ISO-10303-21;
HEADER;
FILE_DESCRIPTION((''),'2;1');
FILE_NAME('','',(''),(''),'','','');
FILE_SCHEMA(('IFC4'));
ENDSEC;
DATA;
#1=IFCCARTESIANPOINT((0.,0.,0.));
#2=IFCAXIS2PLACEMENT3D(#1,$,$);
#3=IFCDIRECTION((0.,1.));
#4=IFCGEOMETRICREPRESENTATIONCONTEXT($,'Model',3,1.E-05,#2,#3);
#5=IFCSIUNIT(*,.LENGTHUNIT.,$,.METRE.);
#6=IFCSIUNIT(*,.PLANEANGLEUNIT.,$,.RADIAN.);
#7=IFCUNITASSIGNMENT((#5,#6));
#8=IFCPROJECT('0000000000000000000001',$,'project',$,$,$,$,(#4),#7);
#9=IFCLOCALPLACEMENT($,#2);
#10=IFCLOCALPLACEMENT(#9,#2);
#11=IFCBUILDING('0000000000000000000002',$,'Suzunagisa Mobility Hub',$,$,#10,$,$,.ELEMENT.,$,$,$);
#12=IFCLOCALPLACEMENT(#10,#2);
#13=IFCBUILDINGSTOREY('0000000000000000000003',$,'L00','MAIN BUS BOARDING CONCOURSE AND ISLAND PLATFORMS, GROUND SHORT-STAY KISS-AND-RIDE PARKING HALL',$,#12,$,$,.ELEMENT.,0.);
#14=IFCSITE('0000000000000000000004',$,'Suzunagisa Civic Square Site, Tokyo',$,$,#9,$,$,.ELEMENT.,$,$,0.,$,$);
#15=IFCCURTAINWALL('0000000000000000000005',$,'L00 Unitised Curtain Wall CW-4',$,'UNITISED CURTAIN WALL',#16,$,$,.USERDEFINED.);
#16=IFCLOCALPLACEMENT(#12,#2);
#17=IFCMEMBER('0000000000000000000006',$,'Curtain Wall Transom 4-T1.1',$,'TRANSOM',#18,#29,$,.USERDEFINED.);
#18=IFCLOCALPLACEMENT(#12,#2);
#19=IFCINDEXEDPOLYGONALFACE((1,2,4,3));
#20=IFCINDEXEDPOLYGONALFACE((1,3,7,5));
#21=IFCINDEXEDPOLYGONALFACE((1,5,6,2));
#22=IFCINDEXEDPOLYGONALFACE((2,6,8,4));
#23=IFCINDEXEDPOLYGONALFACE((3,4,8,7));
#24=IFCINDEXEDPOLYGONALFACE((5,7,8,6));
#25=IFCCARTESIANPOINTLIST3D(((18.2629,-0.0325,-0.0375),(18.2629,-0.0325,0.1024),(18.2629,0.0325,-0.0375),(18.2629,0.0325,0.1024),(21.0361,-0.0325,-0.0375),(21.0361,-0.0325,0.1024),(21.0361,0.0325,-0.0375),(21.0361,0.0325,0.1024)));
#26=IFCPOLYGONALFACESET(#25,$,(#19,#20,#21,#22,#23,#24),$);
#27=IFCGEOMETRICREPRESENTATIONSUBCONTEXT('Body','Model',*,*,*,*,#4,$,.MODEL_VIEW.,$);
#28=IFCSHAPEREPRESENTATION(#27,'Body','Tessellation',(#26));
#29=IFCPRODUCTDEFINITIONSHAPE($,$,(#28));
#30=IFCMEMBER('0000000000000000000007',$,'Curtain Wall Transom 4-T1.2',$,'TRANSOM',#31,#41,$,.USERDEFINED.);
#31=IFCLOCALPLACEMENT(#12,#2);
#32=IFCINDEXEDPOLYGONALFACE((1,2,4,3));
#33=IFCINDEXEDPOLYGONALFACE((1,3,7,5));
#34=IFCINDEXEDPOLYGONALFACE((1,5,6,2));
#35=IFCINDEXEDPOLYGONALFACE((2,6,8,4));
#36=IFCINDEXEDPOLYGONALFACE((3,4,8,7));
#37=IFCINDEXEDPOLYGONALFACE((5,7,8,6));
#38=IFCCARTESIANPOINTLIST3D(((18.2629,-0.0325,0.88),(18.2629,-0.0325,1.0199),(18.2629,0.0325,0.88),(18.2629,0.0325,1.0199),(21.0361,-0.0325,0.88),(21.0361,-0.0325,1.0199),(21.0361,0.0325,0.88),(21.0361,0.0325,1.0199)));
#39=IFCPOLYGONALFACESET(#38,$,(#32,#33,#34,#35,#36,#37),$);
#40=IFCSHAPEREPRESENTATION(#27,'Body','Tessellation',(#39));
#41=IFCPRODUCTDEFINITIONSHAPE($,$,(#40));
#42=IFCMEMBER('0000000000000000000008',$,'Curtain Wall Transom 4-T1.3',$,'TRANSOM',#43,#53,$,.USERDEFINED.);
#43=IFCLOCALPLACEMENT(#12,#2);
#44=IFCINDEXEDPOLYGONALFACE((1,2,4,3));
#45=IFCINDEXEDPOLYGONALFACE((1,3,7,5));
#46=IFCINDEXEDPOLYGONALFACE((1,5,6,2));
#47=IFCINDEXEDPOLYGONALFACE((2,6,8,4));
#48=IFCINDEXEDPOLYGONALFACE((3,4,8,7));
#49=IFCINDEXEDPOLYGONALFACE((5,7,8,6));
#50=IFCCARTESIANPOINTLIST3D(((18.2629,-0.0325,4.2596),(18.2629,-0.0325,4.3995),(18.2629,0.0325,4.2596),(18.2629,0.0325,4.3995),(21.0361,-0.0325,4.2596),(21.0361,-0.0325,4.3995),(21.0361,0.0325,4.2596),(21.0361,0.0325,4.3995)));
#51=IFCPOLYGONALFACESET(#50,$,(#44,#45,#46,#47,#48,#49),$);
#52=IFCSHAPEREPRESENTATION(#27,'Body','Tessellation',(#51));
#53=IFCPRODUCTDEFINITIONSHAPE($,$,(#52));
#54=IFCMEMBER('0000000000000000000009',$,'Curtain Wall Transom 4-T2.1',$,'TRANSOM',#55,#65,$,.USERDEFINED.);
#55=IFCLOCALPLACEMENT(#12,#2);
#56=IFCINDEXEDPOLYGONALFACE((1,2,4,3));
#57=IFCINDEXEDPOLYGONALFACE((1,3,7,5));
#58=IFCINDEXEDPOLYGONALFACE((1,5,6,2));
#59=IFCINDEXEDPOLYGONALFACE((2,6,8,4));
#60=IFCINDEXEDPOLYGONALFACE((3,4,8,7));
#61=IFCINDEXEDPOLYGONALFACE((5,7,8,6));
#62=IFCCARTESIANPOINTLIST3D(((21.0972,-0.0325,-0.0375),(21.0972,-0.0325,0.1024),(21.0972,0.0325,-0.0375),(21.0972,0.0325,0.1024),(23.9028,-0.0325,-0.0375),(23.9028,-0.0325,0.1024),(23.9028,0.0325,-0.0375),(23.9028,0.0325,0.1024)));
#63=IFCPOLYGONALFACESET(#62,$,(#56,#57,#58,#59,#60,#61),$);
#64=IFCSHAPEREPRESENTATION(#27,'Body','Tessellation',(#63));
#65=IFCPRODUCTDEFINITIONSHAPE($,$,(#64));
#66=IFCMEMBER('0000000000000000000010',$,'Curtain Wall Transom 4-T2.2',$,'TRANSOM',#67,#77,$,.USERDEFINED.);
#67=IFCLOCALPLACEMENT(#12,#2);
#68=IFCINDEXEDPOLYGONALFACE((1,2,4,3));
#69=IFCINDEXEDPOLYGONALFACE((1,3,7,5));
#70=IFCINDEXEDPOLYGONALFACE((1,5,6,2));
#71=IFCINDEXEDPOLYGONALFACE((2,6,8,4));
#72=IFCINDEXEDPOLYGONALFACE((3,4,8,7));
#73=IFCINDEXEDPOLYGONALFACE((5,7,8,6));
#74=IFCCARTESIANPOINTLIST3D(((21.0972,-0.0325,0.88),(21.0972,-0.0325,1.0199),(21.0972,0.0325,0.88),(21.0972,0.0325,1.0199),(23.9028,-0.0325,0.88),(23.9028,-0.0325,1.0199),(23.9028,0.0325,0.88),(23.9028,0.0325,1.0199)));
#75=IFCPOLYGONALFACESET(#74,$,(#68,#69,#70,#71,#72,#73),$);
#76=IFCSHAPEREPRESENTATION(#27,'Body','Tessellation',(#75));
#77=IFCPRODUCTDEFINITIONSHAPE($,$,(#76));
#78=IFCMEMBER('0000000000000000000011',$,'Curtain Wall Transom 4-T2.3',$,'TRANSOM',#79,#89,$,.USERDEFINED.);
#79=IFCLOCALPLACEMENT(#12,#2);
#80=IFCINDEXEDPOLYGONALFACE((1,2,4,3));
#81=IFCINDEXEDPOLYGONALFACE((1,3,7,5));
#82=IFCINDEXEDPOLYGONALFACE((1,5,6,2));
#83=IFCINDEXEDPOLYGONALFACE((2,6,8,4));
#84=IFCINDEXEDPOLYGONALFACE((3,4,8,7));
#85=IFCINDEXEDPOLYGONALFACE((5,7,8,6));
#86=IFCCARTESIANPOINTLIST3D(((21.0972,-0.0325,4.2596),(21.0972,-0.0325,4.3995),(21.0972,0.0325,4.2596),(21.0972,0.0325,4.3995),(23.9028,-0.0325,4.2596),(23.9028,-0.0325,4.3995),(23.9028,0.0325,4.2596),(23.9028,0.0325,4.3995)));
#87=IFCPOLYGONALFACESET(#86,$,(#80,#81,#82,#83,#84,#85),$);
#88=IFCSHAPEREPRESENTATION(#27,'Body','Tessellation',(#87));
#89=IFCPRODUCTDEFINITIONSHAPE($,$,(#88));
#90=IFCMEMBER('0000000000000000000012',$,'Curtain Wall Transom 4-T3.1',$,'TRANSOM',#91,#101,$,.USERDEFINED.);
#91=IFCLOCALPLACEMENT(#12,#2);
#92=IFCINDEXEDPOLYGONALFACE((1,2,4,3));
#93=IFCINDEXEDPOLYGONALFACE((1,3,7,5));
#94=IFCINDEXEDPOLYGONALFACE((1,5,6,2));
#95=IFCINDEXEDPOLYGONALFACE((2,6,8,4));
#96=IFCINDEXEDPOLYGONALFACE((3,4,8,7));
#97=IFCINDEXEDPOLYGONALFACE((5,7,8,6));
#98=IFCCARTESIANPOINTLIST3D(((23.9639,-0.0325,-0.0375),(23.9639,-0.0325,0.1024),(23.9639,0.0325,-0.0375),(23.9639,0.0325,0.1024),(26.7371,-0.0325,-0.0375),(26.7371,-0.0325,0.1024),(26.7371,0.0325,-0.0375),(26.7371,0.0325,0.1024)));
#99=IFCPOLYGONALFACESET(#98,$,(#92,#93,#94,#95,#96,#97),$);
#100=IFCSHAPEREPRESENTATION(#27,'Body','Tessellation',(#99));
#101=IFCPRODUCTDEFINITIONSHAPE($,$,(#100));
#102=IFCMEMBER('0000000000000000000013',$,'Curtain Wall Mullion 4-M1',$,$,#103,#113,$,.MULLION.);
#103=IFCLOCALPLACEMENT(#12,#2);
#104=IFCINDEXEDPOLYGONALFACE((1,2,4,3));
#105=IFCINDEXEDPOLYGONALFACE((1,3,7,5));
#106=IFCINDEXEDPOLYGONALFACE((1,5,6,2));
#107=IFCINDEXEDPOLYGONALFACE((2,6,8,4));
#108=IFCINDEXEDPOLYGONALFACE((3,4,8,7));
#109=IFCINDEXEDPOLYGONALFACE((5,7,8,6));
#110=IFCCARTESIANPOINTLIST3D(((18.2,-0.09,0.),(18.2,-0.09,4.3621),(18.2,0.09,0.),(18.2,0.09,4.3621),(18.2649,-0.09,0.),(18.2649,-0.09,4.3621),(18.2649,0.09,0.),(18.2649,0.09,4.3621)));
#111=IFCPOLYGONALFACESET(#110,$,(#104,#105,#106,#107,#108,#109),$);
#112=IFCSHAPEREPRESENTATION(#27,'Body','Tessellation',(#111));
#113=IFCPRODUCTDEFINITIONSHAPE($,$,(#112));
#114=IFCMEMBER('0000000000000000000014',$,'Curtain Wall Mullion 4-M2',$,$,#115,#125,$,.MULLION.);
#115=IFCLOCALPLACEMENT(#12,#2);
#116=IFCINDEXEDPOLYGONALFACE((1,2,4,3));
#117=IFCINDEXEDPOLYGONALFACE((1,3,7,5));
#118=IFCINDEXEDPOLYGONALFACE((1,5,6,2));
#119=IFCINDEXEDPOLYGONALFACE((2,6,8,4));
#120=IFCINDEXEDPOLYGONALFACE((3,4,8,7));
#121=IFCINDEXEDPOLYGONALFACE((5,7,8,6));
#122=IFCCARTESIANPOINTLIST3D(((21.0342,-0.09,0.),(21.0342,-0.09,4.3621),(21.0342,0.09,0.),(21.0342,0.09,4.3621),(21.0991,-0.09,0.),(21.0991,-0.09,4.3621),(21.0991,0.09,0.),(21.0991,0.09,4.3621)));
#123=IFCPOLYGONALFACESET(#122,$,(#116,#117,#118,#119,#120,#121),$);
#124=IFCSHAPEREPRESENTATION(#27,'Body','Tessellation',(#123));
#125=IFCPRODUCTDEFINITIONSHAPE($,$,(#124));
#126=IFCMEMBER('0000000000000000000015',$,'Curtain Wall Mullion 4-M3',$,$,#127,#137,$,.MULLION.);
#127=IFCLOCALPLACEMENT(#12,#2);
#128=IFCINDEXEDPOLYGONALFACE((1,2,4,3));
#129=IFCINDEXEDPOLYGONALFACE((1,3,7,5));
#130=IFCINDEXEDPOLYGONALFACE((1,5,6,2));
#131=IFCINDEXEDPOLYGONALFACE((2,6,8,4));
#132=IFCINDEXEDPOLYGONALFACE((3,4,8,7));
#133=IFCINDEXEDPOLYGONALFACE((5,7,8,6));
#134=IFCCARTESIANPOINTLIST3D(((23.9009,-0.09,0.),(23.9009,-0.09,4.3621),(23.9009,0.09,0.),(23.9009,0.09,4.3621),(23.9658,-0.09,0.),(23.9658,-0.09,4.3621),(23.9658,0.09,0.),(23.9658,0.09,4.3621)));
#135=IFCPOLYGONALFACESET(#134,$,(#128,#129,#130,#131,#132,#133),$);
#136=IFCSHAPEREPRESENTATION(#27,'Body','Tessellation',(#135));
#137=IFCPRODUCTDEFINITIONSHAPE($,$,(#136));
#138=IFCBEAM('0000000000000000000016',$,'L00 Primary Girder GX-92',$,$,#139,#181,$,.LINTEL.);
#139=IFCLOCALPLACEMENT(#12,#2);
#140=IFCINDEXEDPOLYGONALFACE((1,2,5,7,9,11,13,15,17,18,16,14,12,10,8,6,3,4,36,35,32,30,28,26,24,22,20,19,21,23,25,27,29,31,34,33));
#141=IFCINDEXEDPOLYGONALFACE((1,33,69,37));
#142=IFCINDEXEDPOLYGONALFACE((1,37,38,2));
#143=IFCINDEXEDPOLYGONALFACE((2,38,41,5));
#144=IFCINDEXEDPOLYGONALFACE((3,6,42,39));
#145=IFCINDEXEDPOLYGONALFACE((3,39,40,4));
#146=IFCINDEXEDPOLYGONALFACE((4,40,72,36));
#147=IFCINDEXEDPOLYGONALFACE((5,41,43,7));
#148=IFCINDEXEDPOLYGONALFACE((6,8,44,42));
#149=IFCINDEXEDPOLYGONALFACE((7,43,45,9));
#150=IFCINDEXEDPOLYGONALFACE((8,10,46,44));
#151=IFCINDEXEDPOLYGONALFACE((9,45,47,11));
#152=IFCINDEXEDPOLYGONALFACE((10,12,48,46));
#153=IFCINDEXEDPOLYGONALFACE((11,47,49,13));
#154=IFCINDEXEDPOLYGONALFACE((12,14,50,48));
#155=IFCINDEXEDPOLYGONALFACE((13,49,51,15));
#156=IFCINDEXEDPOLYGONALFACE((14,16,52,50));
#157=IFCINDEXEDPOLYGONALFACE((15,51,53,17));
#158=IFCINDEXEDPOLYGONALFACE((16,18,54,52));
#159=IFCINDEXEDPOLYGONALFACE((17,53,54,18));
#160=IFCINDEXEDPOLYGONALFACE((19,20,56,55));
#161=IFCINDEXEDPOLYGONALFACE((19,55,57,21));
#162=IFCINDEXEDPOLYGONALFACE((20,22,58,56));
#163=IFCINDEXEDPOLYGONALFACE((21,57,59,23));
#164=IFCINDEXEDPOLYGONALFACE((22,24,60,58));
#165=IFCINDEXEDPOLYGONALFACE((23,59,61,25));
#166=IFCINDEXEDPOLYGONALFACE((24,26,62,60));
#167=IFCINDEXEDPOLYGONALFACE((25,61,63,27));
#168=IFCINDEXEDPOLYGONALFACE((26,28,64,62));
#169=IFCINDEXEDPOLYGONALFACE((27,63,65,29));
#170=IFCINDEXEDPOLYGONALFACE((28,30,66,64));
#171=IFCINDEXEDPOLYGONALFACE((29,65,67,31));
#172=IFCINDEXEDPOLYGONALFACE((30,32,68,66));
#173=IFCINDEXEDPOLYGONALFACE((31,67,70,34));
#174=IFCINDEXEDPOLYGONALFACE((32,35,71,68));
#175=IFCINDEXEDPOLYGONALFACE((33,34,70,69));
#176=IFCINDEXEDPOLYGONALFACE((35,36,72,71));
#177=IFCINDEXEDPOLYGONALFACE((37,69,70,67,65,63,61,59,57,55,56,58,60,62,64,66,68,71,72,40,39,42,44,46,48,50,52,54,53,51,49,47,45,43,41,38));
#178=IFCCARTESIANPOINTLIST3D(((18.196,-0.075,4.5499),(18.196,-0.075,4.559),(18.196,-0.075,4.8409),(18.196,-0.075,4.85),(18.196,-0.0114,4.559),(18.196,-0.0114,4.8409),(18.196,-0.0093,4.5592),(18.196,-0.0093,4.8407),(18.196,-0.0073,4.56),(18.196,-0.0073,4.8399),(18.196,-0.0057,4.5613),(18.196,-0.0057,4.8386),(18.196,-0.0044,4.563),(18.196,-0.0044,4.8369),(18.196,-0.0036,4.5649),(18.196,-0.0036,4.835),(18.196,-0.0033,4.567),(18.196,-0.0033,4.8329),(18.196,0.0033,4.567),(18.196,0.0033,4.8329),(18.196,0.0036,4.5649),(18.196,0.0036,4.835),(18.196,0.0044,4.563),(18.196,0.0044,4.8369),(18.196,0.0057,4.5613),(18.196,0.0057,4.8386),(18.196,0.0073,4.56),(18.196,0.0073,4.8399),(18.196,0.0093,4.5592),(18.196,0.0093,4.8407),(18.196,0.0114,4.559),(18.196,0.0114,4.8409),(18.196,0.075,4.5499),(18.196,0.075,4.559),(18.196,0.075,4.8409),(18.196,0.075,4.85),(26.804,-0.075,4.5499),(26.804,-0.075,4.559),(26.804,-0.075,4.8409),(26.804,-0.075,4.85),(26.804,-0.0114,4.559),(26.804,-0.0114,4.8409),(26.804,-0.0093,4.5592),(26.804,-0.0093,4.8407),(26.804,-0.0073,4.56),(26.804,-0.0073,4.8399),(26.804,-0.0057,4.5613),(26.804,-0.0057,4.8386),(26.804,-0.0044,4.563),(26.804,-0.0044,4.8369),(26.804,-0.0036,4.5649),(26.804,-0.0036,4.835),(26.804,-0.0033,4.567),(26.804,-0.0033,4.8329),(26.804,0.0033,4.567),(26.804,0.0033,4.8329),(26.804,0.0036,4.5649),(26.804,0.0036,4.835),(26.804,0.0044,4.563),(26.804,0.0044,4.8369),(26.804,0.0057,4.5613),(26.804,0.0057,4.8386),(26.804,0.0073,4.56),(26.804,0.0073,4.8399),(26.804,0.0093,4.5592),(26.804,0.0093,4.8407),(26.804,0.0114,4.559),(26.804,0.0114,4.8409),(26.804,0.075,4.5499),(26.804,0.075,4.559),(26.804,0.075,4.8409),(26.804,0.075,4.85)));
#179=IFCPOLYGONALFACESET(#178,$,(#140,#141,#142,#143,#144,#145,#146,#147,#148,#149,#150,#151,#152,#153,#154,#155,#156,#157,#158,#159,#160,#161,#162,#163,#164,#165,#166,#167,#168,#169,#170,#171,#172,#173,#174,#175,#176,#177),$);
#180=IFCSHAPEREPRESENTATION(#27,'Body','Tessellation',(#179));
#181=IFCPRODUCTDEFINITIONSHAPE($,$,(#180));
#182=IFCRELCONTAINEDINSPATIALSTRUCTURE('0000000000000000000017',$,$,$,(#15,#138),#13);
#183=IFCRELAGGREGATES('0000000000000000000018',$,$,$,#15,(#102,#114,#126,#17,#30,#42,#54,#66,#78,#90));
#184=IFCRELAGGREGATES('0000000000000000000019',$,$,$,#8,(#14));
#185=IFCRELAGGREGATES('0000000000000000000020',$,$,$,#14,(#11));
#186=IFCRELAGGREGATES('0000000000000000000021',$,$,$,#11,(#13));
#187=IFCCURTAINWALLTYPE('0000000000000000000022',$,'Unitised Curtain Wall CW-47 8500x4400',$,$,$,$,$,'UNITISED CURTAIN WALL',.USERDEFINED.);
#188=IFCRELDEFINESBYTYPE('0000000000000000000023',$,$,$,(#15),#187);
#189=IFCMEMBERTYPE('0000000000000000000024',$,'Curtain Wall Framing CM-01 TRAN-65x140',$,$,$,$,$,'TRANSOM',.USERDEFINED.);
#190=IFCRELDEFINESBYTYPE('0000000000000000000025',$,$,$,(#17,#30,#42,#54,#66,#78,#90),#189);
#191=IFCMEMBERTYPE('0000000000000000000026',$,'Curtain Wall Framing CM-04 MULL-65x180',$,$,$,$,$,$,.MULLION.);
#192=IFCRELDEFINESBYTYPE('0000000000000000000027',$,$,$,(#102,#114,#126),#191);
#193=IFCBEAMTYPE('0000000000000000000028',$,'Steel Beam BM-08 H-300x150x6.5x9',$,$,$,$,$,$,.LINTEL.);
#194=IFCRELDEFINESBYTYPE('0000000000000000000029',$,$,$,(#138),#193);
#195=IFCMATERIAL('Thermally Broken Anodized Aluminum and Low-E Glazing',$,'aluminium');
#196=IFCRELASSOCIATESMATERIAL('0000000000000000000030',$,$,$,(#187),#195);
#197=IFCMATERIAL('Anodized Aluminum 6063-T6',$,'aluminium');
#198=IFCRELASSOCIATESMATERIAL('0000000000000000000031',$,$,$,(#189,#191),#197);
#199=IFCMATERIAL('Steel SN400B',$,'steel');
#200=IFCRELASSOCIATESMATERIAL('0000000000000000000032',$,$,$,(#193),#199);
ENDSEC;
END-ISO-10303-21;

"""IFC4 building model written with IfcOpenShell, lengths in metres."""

from ifc_helpers import new_model, si_unit, direction, frame, origin, origin_2d, place, context, subcontext, project, spatial, rectangle, i_section, extrude, material, material_profile, profile_set, type_object, element, aggregate, save


model = new_model("IFC4")

# Units and contexts
model_context = context("Model", 3, precision=1e-05, world=origin(), true_north=direction((0.0, 1.0)))
body_context = subcontext(model_context, "Body", "Model", "MODEL_VIEW")
ifc_project = project(units=[si_unit("LENGTHUNIT", "METRE"), si_unit("PLANEANGLEUNIT", "RADIAN")], contexts=[model_context])

# Site, building, storey
site_placement = place(None, origin())
site = spatial("IfcSite", under=ifc_project, at=site_placement, Name="Suzunagisa Civic Square Site, Tokyo", CompositionType="ELEMENT", RefElevation=0.0)
building_placement = place(site_placement, origin())
building = spatial("IfcBuilding", under=site, at=building_placement, Name="Suzunagisa Mobility Hub", CompositionType="ELEMENT")
storey_placement = place(building_placement, origin())
storey = spatial("IfcBuildingStorey", under=building, at=storey_placement, Name="L00", Description="MAIN BUS BOARDING CONCOURSE AND ISLAND PLATFORMS, GROUND SHORT-STAY KISS-AND-RIDE PARKING HALL", CompositionType="ELEMENT", Elevation=0.0)

# Curtain wall, members
ifc_material_1 = material(Name="Thermally Broken Anodized Aluminum and Low-E Glazing", Category="aluminium")
curtain_wall_type = type_object("IfcCurtainWallType", Name="Unitised Curtain Wall CW-47 8500x4400", ElementType="UNITISED CURTAIN WALL", PredefinedType="USERDEFINED", material=ifc_material_1)
curtain_wall_placement = place(storey_placement, origin())
curtain_wall = element("IfcCurtainWall", 1, at=curtain_wall_placement, inside=storey, type_object=curtain_wall_type, Name="L00 Unitised Curtain Wall CW-4", ObjectType="UNITISED CURTAIN WALL", PredefinedType="USERDEFINED")
ifc_material_2 = material(Name="Anodized Aluminum 6063-T6", Category="aluminium")
ifc_material_profile_1 = material_profile(ifc_material_2, rectangle(XDim=0.0649, YDim=0.1399, at=origin_2d()), Name="TRAN-65x140")
ifc_profile_set_1 = profile_set([ifc_material_profile_1], Name="Anodized Aluminum 6063-T6")
member_type_1 = type_object("IfcMemberType", Name="Curtain Wall Framing CM-01 TRAN-65x140", ElementType="TRANSOM", PredefinedType="USERDEFINED", material=ifc_profile_set_1)
member_1_placement = place(storey_placement, frame((18.2629, 0.0, 0.0325), z_axis=(1.0, 0.0, 0.0), x_axis=(0.0, 1.0, 0.0)))
member_1 = element("IfcMember", 2, at=member_1_placement, type_object=member_type_1, Name="Curtain Wall Transom 4-T1.1", ObjectType="TRANSOM", PredefinedType="USERDEFINED", context=body_context, shape_type="SweptSolid", body=[
    extrude(rectangle(XDim=0.0649, YDim=0.1399, at=origin_2d()), origin(), (0.0, 0.0, 1.0), 2.7732),
])
member_2_placement = place(storey_placement, frame((18.2629, 0.0, 0.95), z_axis=(1.0, 0.0, 0.0), x_axis=(0.0, 1.0, 0.0)))
member_2 = element("IfcMember", 3, at=member_2_placement, type_object=member_type_1, Name="Curtain Wall Transom 4-T1.2", ObjectType="TRANSOM", PredefinedType="USERDEFINED", context=body_context, shape_type="SweptSolid", body=[
    extrude(rectangle(XDim=0.0649, YDim=0.1399, at=origin_2d()), origin(), (0.0, 0.0, 1.0), 2.7732),
])
member_3_placement = place(storey_placement, frame((18.2629, 0.0, 4.3296), z_axis=(1.0, 0.0, 0.0), x_axis=(0.0, 1.0, 0.0)))
member_3 = element("IfcMember", 4, at=member_3_placement, type_object=member_type_1, Name="Curtain Wall Transom 4-T1.3", ObjectType="TRANSOM", PredefinedType="USERDEFINED", context=body_context, shape_type="SweptSolid", body=[
    extrude(rectangle(XDim=0.0649, YDim=0.1399, at=origin_2d()), origin(), (0.0, 0.0, 1.0), 2.7732),
])
member_4_placement = place(storey_placement, frame((21.0972, 0.0, 0.0325), z_axis=(1.0, 0.0, 0.0), x_axis=(0.0, 1.0, 0.0)))
member_4 = element("IfcMember", 5, at=member_4_placement, type_object=member_type_1, Name="Curtain Wall Transom 4-T2.1", ObjectType="TRANSOM", PredefinedType="USERDEFINED", context=body_context, shape_type="SweptSolid", body=[
    extrude(rectangle(XDim=0.0649, YDim=0.1399, at=origin_2d()), origin(), (0.0, 0.0, 1.0), 2.8057),
])
member_5_placement = place(storey_placement, frame((21.0972, 0.0, 0.95), z_axis=(1.0, 0.0, 0.0), x_axis=(0.0, 1.0, 0.0)))
member_5 = element("IfcMember", 6, at=member_5_placement, type_object=member_type_1, Name="Curtain Wall Transom 4-T2.2", ObjectType="TRANSOM", PredefinedType="USERDEFINED", context=body_context, shape_type="SweptSolid", body=[
    extrude(rectangle(XDim=0.0649, YDim=0.1399, at=origin_2d()), origin(), (0.0, 0.0, 1.0), 2.8057),
])
member_6_placement = place(storey_placement, frame((21.0972, 0.0, 4.3296), z_axis=(1.0, 0.0, 0.0), x_axis=(0.0, 1.0, 0.0)))
member_6 = element("IfcMember", 7, at=member_6_placement, type_object=member_type_1, Name="Curtain Wall Transom 4-T2.3", ObjectType="TRANSOM", PredefinedType="USERDEFINED", context=body_context, shape_type="SweptSolid", body=[
    extrude(rectangle(XDim=0.0649, YDim=0.1399, at=origin_2d()), origin(), (0.0, 0.0, 1.0), 2.8057),
])
member_7_placement = place(storey_placement, frame((23.9639, 0.0, 0.0325), z_axis=(1.0, 0.0, 0.0), x_axis=(0.0, 1.0, 0.0)))
member_7 = element("IfcMember", 8, at=member_7_placement, type_object=member_type_1, Name="Curtain Wall Transom 4-T3.1", ObjectType="TRANSOM", PredefinedType="USERDEFINED", context=body_context, shape_type="SweptSolid", body=[
    extrude(rectangle(XDim=0.0649, YDim=0.1399, at=origin_2d()), origin(), (0.0, 0.0, 1.0), 2.7732),
])
ifc_material_profile_2 = material_profile(ifc_material_2, rectangle(XDim=0.0649, YDim=0.1799, at=origin_2d()), Name="MULL-65x180")
ifc_profile_set_2 = profile_set([ifc_material_profile_2], Name="Anodized Aluminum 6063-T6")
member_type_2 = type_object("IfcMemberType", Name="Curtain Wall Framing CM-04 MULL-65x180", PredefinedType="MULLION", material=ifc_profile_set_2)
member_8_placement = place(storey_placement, frame((18.2324, 0.0, 0.0), z_axis=(0.0, 0.0, 1.0), x_axis=(1.0, 0.0, 0.0)))
member_8 = element("IfcMember", 9, at=member_8_placement, type_object=member_type_2, Name="Curtain Wall Mullion 4-M1", PredefinedType="MULLION", context=body_context, shape_type="SweptSolid", body=[
    extrude(rectangle(XDim=0.0649, YDim=0.1799, at=origin_2d()), origin(), (0.0, 0.0, 1.0), 4.3621),
])
member_9_placement = place(storey_placement, frame((21.0667, 0.0, 0.0), z_axis=(0.0, 0.0, 1.0), x_axis=(1.0, 0.0, 0.0)))
member_9 = element("IfcMember", 10, at=member_9_placement, type_object=member_type_2, Name="Curtain Wall Mullion 4-M2", PredefinedType="MULLION", context=body_context, shape_type="SweptSolid", body=[
    extrude(rectangle(XDim=0.0649, YDim=0.1799, at=origin_2d()), origin(), (0.0, 0.0, 1.0), 4.3621),
])
member_10_placement = place(storey_placement, frame((23.9333, 0.0, 0.0), z_axis=(0.0, 0.0, 1.0), x_axis=(1.0, 0.0, 0.0)))
member_10 = element("IfcMember", 11, at=member_10_placement, type_object=member_type_2, Name="Curtain Wall Mullion 4-M3", PredefinedType="MULLION", context=body_context, shape_type="SweptSolid", body=[
    extrude(rectangle(XDim=0.0649, YDim=0.1799, at=origin_2d()), origin(), (0.0, 0.0, 1.0), 4.3621),
])

# Beam
ifc_material_3 = material(Name="Steel SN400B", Category="steel")
ifc_material_profile_3 = material_profile(ifc_material_3, i_section(OverallWidth=0.1499, OverallDepth=0.3, WebThickness=0.0066, FlangeThickness=0.009, FilletRadius=0.0081, at=origin_2d()), Name="H-300x150x6.5x9")
ifc_profile_set_3 = profile_set([ifc_material_profile_3], Name="Steel SN400B")
beam_type_1 = type_object("IfcBeamType", Name="Steel Beam BM-08 H-300x150x6.5x9", PredefinedType="LINTEL", material=ifc_profile_set_3)
beam_1_placement = place(storey_placement, frame((18.196, 0.0, 4.7), z_axis=(1.0, 0.0, 0.0), x_axis=(0.0, 1.0, 0.0)))
element("IfcBeam", 12, at=beam_1_placement, inside=storey, type_object=beam_type_1, Name="L00 Primary Girder GX-92", PredefinedType="LINTEL", context=body_context, shape_type="SweptSolid", body=[
    extrude(i_section(OverallWidth=0.1499, OverallDepth=0.3, WebThickness=0.0066, FlangeThickness=0.009, FilletRadius=0.0081, at=origin_2d()), origin(), (0.0, 0.0, 1.0), 8.6079),
])

aggregate(curtain_wall, [member_8, member_9, member_10, member_1, member_2, member_3, member_4, member_5, member_6, member_7])

save(model, "model.ifc")
